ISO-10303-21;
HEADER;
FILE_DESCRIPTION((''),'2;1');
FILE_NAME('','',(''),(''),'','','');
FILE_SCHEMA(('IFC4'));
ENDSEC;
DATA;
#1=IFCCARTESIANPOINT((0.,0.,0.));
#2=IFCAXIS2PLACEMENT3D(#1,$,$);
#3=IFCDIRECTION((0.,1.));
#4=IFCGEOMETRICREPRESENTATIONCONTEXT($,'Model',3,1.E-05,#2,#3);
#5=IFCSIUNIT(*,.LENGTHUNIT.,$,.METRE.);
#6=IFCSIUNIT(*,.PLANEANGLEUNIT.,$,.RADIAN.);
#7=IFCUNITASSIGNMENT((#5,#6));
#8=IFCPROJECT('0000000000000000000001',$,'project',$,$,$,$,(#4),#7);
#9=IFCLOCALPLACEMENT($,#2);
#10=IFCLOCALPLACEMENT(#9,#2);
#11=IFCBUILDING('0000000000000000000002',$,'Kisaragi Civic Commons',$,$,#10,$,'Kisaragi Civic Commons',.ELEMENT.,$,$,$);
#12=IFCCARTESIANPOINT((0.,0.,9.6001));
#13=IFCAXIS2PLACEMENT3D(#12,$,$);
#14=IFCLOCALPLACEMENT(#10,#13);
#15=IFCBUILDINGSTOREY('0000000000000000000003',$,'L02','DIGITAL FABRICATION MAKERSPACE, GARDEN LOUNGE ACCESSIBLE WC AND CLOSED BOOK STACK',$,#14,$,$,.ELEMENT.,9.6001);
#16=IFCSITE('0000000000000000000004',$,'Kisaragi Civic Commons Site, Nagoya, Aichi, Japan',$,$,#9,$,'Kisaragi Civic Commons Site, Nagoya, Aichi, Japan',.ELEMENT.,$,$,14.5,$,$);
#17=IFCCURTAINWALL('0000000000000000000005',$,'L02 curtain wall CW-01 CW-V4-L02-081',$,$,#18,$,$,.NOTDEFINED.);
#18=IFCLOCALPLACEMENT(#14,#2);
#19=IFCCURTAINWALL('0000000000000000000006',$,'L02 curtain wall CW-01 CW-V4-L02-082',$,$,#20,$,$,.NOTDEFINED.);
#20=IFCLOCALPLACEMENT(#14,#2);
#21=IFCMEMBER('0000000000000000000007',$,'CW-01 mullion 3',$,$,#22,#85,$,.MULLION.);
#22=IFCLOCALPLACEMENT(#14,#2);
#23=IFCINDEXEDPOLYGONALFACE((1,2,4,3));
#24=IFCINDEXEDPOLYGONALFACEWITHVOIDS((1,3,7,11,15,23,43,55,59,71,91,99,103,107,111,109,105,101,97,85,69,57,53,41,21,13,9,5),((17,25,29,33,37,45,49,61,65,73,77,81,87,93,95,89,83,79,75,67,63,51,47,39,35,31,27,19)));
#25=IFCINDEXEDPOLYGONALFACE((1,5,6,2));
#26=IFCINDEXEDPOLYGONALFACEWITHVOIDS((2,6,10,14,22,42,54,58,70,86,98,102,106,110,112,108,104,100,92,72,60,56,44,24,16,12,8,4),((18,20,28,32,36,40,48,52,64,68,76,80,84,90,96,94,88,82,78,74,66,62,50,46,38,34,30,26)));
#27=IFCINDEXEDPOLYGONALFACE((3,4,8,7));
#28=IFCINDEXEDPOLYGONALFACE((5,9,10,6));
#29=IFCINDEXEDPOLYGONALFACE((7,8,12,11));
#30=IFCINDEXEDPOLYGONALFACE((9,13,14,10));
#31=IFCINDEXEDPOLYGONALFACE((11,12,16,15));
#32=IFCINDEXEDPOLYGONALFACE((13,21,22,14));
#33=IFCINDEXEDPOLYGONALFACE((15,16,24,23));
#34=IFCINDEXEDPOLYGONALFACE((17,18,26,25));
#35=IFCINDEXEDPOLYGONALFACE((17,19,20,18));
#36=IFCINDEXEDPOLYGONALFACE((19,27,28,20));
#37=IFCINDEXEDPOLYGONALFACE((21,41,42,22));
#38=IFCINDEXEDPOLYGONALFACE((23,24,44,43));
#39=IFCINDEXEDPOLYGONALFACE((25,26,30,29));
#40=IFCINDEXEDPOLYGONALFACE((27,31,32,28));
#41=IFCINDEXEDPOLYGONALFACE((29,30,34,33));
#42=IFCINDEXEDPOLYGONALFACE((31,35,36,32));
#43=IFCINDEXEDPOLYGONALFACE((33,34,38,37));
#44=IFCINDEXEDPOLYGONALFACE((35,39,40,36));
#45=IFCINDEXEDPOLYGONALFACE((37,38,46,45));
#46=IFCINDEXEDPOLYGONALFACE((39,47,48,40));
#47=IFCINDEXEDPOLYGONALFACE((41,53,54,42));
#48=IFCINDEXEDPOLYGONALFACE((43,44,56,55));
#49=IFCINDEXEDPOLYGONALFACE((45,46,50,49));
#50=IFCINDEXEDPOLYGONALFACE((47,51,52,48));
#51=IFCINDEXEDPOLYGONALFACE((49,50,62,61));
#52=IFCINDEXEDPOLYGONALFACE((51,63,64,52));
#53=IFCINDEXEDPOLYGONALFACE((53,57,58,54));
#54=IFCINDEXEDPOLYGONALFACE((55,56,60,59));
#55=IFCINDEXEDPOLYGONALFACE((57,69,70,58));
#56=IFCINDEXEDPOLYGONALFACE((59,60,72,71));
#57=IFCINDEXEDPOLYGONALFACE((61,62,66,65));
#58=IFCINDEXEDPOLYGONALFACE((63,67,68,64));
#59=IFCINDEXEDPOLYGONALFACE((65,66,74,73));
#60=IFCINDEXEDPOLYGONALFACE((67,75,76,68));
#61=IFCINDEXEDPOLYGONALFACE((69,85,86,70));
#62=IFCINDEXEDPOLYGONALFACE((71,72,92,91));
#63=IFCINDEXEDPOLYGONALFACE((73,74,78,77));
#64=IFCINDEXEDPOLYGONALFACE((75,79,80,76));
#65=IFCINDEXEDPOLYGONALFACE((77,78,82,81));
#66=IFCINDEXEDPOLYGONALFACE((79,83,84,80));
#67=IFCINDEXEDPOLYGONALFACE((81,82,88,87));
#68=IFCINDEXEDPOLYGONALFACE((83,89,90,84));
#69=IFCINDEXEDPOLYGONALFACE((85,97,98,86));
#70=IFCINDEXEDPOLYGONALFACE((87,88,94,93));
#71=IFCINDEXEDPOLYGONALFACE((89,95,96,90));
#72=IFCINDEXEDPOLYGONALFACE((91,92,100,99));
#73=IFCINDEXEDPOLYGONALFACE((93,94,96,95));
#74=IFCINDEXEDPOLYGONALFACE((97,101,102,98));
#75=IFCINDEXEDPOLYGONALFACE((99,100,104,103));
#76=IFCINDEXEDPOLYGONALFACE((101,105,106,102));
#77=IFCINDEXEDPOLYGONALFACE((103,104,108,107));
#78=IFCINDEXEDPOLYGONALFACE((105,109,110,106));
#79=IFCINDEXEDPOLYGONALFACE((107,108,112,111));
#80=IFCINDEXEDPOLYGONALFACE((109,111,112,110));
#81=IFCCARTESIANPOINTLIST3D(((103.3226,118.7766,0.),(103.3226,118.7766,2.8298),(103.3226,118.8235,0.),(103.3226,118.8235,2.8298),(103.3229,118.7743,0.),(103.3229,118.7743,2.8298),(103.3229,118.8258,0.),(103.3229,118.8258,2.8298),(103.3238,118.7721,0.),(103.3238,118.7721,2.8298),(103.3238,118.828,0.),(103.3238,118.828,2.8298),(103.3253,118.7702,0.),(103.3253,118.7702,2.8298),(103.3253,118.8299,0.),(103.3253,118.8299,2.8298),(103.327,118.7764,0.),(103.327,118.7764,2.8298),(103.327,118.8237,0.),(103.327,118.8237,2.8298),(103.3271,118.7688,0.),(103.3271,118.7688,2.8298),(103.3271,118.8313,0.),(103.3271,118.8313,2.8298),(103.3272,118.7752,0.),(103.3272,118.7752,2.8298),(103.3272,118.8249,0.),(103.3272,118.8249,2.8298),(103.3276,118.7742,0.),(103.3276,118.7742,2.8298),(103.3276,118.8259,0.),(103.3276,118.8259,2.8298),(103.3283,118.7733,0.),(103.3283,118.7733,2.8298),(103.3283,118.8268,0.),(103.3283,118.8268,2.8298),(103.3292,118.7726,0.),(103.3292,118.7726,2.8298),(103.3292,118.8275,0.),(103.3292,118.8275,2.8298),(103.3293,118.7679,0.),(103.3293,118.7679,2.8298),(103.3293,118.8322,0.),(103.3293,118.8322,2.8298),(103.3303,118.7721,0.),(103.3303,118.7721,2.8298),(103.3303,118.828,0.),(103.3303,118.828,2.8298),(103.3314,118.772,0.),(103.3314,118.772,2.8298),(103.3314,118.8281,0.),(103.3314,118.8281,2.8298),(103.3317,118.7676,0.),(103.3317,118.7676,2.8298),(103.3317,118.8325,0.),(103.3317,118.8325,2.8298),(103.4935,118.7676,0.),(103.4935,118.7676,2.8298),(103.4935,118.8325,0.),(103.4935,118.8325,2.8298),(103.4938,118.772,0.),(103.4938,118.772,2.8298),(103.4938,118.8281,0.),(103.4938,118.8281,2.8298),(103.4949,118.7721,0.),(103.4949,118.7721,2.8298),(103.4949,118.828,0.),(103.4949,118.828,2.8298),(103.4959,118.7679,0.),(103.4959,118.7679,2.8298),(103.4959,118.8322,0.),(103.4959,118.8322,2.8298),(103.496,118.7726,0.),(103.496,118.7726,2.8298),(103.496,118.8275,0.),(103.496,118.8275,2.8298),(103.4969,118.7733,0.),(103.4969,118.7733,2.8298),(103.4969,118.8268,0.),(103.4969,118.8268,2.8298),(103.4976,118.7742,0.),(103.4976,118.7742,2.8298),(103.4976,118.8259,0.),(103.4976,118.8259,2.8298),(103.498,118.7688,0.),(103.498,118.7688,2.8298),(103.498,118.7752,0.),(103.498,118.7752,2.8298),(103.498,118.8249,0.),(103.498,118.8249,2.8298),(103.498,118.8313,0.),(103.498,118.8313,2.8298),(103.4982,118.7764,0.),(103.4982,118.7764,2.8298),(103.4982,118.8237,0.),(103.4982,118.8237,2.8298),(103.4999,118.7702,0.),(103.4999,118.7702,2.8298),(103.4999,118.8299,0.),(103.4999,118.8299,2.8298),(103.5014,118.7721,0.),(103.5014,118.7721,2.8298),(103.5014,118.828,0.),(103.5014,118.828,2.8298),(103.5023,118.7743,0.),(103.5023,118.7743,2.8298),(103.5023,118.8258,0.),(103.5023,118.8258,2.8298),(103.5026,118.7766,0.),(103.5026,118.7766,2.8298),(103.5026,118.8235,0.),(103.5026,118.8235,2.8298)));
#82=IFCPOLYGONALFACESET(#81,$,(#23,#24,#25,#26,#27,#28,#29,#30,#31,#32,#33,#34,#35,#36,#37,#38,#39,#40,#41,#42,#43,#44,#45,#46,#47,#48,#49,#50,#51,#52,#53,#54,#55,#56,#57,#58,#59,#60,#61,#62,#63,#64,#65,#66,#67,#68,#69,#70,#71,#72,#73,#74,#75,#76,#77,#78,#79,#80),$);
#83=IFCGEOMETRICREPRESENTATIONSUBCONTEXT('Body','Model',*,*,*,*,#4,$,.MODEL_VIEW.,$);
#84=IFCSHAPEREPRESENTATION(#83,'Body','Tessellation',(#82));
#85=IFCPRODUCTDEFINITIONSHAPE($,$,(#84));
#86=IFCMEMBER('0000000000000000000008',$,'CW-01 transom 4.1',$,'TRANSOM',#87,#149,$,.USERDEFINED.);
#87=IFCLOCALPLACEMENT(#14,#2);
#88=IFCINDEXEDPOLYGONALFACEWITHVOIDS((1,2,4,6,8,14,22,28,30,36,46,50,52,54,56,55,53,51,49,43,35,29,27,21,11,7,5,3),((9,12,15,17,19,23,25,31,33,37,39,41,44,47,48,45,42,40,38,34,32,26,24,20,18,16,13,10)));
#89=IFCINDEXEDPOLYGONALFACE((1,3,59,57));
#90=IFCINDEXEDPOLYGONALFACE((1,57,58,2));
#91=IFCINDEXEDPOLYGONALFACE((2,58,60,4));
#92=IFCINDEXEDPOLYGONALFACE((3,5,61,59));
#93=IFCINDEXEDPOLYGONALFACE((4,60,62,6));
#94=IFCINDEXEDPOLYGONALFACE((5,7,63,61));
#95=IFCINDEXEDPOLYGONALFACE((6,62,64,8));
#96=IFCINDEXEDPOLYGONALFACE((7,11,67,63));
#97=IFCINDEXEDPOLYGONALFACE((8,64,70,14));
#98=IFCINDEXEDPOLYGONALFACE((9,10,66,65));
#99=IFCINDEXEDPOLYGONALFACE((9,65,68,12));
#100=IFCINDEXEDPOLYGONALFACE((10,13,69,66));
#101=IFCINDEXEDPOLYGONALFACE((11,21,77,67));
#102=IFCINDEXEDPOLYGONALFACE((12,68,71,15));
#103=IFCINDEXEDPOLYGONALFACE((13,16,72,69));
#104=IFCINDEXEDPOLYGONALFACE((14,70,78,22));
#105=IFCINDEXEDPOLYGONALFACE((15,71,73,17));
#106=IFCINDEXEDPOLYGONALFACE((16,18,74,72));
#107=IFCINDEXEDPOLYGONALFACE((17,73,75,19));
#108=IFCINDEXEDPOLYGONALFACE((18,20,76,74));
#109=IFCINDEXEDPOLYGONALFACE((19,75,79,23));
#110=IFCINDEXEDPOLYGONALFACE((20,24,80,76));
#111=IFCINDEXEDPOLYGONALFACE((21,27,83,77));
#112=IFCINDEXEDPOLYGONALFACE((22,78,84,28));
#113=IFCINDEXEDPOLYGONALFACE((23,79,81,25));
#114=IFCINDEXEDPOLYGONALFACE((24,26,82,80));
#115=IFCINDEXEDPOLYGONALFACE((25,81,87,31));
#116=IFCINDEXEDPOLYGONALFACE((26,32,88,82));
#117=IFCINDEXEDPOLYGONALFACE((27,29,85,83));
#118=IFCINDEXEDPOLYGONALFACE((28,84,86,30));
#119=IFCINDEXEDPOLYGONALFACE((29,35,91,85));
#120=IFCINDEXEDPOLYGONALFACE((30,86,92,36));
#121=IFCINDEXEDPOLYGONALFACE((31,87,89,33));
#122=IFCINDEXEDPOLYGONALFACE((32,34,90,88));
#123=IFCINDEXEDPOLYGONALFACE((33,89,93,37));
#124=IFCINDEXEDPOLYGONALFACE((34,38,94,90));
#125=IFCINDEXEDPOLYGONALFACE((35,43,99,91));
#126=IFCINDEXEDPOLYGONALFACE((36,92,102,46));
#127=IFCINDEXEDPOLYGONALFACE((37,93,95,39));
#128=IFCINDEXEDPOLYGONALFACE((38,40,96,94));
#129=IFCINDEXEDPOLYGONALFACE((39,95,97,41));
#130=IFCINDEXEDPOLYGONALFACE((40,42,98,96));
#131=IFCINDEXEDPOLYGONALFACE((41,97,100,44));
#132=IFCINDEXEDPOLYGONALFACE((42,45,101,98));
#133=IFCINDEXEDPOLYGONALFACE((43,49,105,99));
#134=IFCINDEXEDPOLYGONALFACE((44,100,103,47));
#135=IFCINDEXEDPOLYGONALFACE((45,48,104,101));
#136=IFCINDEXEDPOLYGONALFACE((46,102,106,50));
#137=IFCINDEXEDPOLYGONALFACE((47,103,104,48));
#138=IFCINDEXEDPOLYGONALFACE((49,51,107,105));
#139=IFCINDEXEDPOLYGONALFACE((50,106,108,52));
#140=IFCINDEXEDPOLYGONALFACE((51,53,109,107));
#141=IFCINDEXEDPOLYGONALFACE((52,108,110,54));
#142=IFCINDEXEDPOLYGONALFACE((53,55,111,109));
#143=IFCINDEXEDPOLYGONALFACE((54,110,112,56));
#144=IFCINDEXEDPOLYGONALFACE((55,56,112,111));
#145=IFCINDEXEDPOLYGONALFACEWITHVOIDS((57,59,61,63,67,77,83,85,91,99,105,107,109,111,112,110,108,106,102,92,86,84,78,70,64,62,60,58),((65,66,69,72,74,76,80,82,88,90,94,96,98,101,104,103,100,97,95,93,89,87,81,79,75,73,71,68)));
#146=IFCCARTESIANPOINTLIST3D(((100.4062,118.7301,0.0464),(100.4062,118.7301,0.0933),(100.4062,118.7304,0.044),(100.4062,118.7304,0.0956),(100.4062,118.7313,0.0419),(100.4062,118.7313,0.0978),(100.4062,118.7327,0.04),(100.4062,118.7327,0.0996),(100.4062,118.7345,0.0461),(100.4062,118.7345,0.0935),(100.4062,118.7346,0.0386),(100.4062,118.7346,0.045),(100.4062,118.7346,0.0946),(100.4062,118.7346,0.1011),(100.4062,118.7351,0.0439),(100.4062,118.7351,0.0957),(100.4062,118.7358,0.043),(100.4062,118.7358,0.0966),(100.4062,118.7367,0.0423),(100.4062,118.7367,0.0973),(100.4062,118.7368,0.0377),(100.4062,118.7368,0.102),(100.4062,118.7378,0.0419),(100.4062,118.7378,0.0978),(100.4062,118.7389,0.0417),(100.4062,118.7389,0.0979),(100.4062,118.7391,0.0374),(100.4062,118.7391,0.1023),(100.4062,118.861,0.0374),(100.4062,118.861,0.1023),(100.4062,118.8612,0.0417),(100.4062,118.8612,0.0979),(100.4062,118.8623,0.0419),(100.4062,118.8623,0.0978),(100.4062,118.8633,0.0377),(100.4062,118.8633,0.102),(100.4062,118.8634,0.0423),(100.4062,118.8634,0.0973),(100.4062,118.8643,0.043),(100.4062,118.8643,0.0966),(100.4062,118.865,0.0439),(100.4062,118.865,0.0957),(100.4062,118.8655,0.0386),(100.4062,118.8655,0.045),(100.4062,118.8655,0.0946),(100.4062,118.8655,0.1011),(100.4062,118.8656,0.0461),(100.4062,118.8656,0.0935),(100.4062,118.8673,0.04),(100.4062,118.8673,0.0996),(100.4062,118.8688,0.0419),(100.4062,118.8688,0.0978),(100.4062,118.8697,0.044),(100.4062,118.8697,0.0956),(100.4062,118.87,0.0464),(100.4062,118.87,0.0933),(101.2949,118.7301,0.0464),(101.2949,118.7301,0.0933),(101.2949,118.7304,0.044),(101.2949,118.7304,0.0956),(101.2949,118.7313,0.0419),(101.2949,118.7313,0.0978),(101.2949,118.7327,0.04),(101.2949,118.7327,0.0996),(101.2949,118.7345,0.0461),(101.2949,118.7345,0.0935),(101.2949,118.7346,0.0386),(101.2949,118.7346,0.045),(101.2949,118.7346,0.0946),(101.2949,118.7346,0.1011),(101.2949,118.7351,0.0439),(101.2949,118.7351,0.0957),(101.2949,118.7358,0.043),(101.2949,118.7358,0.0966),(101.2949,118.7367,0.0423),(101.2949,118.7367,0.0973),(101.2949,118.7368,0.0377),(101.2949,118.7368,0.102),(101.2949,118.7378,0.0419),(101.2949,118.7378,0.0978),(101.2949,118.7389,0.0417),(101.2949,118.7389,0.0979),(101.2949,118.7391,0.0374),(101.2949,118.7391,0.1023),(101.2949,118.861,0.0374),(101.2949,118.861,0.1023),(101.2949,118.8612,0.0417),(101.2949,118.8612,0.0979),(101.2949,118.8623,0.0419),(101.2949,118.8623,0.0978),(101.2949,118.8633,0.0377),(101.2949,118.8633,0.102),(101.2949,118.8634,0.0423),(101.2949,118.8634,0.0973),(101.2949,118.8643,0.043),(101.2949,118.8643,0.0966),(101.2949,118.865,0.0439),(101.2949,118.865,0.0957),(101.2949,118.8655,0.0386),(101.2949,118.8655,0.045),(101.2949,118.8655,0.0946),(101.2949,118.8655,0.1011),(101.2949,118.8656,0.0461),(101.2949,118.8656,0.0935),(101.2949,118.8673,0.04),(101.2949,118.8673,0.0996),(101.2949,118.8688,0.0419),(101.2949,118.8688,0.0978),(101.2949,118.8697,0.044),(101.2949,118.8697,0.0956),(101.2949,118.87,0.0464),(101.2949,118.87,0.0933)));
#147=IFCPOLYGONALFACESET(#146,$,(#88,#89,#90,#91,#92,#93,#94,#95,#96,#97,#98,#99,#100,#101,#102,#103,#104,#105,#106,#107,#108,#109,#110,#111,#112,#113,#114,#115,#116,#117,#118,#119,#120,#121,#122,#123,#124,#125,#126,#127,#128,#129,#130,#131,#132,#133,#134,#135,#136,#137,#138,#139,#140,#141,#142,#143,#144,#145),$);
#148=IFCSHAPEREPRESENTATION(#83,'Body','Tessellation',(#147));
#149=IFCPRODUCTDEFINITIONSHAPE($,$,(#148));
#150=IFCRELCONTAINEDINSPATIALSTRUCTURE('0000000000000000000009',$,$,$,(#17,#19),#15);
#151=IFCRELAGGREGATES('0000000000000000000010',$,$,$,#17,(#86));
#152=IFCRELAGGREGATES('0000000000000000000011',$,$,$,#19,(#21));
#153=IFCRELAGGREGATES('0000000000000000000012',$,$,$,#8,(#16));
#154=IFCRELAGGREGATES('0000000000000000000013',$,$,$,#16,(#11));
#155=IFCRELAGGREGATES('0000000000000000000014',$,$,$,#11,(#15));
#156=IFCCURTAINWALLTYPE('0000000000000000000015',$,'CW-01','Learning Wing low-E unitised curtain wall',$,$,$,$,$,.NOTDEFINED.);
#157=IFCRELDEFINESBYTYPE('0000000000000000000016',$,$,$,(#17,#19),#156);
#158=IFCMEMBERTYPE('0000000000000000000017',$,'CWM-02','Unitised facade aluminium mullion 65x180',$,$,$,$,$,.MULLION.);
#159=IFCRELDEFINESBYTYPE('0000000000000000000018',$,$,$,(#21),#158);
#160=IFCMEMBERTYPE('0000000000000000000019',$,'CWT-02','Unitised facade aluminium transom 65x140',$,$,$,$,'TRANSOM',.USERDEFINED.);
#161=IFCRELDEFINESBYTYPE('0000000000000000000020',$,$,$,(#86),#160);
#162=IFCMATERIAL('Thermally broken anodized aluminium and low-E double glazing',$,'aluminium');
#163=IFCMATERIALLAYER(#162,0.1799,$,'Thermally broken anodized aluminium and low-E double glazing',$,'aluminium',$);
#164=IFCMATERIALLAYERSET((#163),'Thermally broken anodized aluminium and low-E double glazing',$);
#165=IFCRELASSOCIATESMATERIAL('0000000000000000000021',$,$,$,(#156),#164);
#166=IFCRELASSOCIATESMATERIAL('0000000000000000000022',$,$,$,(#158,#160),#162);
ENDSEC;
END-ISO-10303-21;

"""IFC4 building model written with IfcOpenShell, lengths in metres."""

from ifc_helpers import new_model, si_unit, direction, frame, origin, origin_2d, place, context, subcontext, project, spatial, hollow_rectangle, extrude, material, layer, layer_set, material_profile, profile_set, type_object, element, aggregate, save


model = new_model("IFC4")

# Units and contexts
model_context = context("Model", 3, precision=1e-05, world=origin(), true_north=direction((0.0, 1.0)))
body_context = subcontext(model_context, "Body", "Model", "MODEL_VIEW")
ifc_project = project(units=[si_unit("LENGTHUNIT", "METRE"), si_unit("PLANEANGLEUNIT", "RADIAN")], contexts=[model_context])

# Site, building, storey
site_placement = place(None, origin())
site = spatial("IfcSite", under=ifc_project, at=site_placement, Name="Kisaragi Civic Commons Site, Nagoya, Aichi, Japan", LongName="Kisaragi Civic Commons Site, Nagoya, Aichi, Japan", CompositionType="ELEMENT", RefElevation=14.5)
building_placement = place(site_placement, origin())
building = spatial("IfcBuilding", under=site, at=building_placement, Name="Kisaragi Civic Commons", LongName="Kisaragi Civic Commons", CompositionType="ELEMENT")
storey_placement = place(building_placement, frame((0.0, 0.0, 9.6001)))
storey = spatial("IfcBuildingStorey", under=building, at=storey_placement, Name="L02", Description="DIGITAL FABRICATION MAKERSPACE, GARDEN LOUNGE ACCESSIBLE WC AND CLOSED BOOK STACK", CompositionType="ELEMENT", Elevation=9.6001)

# Curtain walls, member
ifc_material = material(Name="Thermally broken anodized aluminium and low-E double glazing", Category="aluminium")
ifc_layer_1 = layer(ifc_material, 0.1799, Name="Thermally broken anodized aluminium and low-E double glazing", Category="aluminium")
ifc_layer_set_1 = layer_set([ifc_layer_1], Name="Thermally broken anodized aluminium and low-E double glazing")
curtain_wall_type = type_object("IfcCurtainWallType", Name="CW-01", Description="Learning Wing low-E unitised curtain wall", PredefinedType="NOTDEFINED", material=ifc_layer_set_1)
curtain_wall_1_placement = place(storey_placement, origin())
curtain_wall_1 = element("IfcCurtainWall", 1, at=curtain_wall_1_placement, inside=storey, type_object=curtain_wall_type, Name="L02 curtain wall CW-01 CW-V4-L02-081", PredefinedType="NOTDEFINED")
ifc_material_profile_1 = material_profile(ifc_material, hollow_rectangle(XDim=0.0649, YDim=0.1799, WallThickness=0.0044, InnerFilletRadius=0.0044, OuterFilletRadius=0.009, at=origin_2d()), Name="CWM-65x180x4.5", Category="aluminium")
ifc_profile_set_1 = profile_set([ifc_material_profile_1], Name="Thermally broken anodized aluminium and low-E double glazing")
member_type_1 = type_object("IfcMemberType", Name="CWM-02", Description="Unitised facade aluminium mullion 65x180", PredefinedType="MULLION", material=ifc_profile_set_1)
curtain_wall_2_placement = place(storey_placement, origin())
curtain_wall_2 = element("IfcCurtainWall", 2, at=curtain_wall_2_placement, inside=storey, type_object=curtain_wall_type, Name="L02 curtain wall CW-01 CW-V4-L02-082", PredefinedType="NOTDEFINED")
member_1_placement = place(storey_placement, frame((103.4126, 118.8, 0.0), z_axis=(0.0, 0.0, 1.0), x_axis=(0.0, 1.0, 0.0)))
member_1 = element("IfcMember", 3, at=member_1_placement, type_object=member_type_1, Name="CW-01 mullion 3", PredefinedType="MULLION", context=body_context, shape_type="SweptSolid", body=[
    extrude(hollow_rectangle(XDim=0.0649, YDim=0.1799, WallThickness=0.0044, InnerFilletRadius=0.0044, OuterFilletRadius=0.009, at=origin_2d()), origin(), (0.0, 0.0, 1.0), 2.8298),
])

# Member
ifc_material_profile_2 = material_profile(ifc_material, hollow_rectangle(XDim=0.1399, YDim=0.0649, WallThickness=0.0044, InnerFilletRadius=0.0044, OuterFilletRadius=0.009, at=origin_2d()), Name="CWT-65x140x4.5", Category="aluminium")
ifc_profile_set_2 = profile_set([ifc_material_profile_2], Name="Thermally broken anodized aluminium and low-E double glazing")
member_type_2 = type_object("IfcMemberType", Name="CWT-02", Description="Unitised facade aluminium transom 65x140", ElementType="TRANSOM", PredefinedType="USERDEFINED", material=ifc_profile_set_2)
member_2_placement = place(storey_placement, frame((100.4062, 118.8, 0.0698), z_axis=(1.0, 0.0, 0.0), x_axis=(0.0, 1.0, 0.0)))
member_2 = element("IfcMember", 4, at=member_2_placement, type_object=member_type_2, Name="CW-01 transom 4.1", ObjectType="TRANSOM", PredefinedType="USERDEFINED", context=body_context, shape_type="SweptSolid", body=[
    extrude(hollow_rectangle(XDim=0.1399, YDim=0.0649, WallThickness=0.0044, InnerFilletRadius=0.0044, OuterFilletRadius=0.009, at=origin_2d()), origin(), (0.0, 0.0, 1.0), 0.8887),
])

aggregate(curtain_wall_1, [member_2])
aggregate(curtain_wall_2, [member_1])

save(model, "model.ifc")
